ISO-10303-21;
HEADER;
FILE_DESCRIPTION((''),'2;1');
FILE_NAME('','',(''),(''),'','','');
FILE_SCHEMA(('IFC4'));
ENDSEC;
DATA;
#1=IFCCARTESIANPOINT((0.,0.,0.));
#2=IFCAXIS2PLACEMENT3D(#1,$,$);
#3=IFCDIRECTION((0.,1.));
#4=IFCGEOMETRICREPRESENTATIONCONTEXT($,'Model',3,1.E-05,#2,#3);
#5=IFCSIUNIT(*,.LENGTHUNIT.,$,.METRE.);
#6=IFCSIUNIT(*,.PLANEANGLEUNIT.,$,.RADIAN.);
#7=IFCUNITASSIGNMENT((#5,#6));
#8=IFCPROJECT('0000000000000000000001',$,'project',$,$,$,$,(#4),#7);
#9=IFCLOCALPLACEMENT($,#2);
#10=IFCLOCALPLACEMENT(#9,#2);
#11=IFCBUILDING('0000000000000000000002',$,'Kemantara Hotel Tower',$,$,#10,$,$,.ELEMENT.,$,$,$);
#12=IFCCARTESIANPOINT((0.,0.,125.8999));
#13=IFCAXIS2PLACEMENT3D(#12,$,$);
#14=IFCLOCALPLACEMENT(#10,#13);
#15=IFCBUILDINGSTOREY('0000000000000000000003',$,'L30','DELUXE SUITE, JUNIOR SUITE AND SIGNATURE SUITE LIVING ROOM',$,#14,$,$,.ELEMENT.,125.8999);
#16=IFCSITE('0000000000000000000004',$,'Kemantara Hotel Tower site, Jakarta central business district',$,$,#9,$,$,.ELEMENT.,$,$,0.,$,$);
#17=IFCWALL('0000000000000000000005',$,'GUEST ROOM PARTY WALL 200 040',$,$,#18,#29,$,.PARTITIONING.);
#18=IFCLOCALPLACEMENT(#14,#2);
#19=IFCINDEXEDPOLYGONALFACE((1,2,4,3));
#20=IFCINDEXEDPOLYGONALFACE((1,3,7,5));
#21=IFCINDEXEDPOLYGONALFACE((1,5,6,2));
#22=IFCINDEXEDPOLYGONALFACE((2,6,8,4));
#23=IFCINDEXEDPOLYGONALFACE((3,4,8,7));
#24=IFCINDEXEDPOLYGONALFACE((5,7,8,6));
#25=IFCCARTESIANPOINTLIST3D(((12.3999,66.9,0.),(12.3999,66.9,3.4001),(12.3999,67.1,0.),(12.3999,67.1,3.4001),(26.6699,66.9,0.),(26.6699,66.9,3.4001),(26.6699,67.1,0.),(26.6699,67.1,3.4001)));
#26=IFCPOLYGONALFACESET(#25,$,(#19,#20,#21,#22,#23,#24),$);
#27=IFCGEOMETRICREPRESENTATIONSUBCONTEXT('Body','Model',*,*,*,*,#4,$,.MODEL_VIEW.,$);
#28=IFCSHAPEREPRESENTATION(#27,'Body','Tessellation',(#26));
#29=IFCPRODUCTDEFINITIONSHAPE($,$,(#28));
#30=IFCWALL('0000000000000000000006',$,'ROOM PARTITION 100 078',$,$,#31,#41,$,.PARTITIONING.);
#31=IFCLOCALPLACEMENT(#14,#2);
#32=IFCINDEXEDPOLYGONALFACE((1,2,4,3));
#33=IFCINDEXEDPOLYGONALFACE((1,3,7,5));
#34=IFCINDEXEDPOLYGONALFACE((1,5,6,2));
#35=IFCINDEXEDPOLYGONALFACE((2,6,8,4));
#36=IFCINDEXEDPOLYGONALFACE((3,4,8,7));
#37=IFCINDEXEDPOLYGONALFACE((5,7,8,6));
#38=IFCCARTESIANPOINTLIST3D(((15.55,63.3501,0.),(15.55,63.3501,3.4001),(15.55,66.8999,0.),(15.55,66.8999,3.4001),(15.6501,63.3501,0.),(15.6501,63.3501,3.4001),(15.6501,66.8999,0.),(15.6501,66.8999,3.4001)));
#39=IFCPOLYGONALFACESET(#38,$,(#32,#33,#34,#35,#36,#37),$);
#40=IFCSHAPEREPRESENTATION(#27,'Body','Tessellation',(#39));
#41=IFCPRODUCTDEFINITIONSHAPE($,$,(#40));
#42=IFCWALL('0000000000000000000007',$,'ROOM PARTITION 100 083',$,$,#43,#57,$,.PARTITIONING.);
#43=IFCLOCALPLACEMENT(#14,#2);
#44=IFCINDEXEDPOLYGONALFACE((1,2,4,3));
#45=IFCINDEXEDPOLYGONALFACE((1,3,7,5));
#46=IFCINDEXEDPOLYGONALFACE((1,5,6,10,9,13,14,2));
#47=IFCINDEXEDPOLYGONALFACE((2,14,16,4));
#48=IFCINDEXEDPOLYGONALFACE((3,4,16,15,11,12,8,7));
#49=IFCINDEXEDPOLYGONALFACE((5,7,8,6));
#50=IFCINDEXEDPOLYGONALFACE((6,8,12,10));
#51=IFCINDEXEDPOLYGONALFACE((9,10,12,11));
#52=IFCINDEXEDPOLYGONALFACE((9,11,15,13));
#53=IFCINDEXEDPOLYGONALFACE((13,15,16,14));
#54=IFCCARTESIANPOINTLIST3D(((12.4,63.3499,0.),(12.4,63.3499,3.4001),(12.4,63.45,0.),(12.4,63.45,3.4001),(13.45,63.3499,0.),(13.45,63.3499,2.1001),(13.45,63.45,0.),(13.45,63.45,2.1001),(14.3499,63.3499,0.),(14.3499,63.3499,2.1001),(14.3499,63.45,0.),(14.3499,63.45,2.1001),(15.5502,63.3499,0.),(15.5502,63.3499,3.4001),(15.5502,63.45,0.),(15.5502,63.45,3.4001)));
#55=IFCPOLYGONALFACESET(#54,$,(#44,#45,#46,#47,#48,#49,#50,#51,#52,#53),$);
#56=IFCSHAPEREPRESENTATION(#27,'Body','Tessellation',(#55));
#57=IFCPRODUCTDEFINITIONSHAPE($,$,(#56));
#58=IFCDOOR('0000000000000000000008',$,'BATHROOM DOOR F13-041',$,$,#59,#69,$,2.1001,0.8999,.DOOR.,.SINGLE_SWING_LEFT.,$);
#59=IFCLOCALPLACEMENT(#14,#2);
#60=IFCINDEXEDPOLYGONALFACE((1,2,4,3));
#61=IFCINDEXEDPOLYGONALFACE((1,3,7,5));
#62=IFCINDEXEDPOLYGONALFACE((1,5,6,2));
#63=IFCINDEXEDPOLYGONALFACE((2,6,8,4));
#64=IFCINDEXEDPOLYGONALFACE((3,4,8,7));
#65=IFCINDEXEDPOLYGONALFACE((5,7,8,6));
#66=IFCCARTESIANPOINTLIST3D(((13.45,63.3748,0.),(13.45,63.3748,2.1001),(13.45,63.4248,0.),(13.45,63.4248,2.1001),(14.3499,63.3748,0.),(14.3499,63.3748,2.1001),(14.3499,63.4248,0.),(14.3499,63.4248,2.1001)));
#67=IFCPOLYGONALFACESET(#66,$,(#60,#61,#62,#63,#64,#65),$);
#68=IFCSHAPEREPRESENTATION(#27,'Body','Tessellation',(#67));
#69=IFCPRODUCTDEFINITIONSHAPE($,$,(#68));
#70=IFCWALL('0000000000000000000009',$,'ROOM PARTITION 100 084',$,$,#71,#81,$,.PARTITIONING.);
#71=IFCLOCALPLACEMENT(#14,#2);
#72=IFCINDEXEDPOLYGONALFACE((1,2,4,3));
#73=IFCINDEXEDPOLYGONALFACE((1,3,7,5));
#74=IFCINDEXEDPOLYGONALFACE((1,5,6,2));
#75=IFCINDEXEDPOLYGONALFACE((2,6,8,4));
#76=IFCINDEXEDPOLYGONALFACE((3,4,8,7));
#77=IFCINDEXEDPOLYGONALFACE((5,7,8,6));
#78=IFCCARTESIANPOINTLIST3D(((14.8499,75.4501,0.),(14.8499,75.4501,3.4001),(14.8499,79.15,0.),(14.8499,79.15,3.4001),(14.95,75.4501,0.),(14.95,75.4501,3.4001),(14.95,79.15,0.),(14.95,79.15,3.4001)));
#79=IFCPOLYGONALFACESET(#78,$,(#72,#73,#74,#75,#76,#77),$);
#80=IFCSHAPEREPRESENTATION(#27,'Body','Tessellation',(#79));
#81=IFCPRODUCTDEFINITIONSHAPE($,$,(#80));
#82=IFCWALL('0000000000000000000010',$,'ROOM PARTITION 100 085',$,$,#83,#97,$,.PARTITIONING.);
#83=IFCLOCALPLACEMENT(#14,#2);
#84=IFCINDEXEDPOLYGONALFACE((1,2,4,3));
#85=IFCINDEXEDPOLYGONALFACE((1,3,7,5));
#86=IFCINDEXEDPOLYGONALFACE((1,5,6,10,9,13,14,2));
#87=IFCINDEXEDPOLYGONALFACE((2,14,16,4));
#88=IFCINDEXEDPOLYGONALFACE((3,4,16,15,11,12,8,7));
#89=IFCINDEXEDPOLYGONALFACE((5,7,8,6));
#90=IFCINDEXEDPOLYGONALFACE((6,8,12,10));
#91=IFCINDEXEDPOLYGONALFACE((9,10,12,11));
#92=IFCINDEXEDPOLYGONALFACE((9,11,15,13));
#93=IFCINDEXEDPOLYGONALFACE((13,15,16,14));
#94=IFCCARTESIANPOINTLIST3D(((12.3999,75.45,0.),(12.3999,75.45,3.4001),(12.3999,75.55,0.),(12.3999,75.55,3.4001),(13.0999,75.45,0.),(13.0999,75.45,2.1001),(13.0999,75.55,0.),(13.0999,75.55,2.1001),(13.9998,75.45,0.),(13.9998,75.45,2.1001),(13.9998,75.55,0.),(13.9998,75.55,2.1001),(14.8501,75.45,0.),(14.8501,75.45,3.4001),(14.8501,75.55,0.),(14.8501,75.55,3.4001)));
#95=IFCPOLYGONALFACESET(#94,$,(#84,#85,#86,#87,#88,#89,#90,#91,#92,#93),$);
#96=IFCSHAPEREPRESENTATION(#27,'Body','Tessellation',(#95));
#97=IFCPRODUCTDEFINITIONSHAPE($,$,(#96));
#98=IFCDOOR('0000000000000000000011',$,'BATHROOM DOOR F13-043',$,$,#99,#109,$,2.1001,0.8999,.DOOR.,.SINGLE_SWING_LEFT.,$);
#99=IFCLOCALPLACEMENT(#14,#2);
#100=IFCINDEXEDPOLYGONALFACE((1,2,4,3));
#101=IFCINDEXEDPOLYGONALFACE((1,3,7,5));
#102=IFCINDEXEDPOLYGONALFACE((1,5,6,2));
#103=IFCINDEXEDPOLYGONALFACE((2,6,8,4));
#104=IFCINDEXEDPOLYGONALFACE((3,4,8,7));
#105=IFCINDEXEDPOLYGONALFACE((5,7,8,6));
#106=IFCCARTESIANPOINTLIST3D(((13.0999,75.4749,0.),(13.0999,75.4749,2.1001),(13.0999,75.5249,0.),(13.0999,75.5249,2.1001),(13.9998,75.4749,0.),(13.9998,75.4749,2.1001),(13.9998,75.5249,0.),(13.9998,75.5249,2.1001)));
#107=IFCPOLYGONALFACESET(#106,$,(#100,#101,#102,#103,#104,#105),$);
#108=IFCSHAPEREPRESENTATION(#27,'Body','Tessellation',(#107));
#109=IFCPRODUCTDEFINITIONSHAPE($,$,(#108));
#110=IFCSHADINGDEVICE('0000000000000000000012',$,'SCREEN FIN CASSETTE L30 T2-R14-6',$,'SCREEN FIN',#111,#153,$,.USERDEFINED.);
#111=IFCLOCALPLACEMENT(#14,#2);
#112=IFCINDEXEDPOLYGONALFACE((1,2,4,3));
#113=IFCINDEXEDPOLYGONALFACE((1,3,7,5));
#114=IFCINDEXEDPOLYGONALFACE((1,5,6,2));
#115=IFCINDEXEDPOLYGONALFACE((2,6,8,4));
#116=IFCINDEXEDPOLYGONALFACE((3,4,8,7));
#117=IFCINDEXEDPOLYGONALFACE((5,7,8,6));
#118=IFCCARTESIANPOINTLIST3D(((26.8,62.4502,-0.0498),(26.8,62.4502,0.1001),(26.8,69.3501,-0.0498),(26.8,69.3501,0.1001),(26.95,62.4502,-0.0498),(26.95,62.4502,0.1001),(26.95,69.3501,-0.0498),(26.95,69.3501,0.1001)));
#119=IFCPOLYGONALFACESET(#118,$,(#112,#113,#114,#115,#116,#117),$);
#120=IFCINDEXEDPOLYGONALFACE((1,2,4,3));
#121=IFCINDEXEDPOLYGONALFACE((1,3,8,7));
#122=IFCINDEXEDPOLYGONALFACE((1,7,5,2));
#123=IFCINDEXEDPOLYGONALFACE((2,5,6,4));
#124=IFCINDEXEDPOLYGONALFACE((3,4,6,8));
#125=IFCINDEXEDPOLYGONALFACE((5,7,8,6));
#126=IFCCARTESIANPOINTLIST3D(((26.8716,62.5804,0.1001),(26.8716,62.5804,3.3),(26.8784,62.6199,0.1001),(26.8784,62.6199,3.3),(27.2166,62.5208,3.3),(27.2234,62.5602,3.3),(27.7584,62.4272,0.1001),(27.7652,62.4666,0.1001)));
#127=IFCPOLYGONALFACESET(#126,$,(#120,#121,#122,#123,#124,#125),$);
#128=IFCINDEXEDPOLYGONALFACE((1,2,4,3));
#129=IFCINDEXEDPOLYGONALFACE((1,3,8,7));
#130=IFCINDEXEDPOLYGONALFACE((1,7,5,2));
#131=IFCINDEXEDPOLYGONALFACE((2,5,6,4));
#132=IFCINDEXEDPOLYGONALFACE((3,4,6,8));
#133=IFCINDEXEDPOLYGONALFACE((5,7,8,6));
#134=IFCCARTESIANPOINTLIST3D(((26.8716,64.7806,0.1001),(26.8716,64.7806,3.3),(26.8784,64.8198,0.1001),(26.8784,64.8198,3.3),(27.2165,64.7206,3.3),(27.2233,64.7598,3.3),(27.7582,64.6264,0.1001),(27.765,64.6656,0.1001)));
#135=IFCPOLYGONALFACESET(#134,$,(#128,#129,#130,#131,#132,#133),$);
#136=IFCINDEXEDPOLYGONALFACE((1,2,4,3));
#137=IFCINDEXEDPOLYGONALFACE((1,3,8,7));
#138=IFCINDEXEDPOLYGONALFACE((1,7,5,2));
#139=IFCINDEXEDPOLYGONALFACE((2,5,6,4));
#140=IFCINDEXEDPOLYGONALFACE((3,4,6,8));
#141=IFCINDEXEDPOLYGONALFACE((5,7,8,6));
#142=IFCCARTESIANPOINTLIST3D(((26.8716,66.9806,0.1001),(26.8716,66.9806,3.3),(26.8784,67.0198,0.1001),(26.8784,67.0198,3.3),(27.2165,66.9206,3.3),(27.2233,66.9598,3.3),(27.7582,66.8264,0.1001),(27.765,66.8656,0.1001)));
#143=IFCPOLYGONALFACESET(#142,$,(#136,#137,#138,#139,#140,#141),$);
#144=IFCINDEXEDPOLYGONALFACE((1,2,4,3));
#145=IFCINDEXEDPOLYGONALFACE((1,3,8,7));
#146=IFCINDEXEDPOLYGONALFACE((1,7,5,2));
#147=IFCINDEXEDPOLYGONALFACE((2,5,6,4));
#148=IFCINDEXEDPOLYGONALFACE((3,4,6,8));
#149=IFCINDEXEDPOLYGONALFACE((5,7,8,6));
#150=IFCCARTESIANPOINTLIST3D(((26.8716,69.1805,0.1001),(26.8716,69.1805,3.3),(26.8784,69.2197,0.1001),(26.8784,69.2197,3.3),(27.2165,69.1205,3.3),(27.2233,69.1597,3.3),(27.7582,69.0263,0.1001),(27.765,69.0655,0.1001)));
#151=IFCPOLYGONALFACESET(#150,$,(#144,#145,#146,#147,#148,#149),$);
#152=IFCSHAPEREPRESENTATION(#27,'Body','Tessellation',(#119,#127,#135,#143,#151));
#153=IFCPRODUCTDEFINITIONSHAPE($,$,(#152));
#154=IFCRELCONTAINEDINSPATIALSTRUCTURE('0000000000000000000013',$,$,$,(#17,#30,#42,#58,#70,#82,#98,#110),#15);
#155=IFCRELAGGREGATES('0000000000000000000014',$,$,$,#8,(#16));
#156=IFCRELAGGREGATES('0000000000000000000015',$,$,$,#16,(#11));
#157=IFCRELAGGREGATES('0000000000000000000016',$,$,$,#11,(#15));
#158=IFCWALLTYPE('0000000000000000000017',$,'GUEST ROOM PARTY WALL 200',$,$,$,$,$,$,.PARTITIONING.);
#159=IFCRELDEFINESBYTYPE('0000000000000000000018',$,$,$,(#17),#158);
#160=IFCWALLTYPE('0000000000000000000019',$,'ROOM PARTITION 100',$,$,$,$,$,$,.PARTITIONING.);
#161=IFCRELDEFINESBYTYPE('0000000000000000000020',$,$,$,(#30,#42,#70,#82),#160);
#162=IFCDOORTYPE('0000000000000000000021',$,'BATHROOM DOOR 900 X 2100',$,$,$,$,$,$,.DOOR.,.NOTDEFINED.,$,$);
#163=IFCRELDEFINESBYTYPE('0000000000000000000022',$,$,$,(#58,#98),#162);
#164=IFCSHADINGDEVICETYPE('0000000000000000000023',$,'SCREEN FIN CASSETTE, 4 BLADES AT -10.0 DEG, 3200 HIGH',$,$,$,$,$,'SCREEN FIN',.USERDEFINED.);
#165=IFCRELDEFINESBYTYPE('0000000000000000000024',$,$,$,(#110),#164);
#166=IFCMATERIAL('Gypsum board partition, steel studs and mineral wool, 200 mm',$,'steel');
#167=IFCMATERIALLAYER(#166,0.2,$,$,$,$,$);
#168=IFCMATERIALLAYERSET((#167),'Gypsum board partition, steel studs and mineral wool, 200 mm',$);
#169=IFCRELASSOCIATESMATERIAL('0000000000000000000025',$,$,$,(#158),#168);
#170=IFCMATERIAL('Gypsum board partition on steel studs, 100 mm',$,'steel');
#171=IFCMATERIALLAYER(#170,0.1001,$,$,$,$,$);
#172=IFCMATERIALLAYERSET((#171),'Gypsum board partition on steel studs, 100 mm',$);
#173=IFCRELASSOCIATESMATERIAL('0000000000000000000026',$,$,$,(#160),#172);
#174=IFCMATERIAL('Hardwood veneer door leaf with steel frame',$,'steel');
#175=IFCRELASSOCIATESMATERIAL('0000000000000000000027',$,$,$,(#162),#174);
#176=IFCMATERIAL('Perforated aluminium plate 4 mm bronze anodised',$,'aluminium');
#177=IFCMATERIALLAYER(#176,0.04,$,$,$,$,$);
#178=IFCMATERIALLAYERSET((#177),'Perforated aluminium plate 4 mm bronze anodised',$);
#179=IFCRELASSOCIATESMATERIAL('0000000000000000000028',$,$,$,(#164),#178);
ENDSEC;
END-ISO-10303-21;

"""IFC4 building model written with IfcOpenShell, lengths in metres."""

from ifc_helpers import new_model, si_unit, direction, frame, frame_2d, origin, origin_2d, place, context, subcontext, project, spatial, polyline, rectangle, outline, extrude, source, transform, mapped, material, layer, layer_set, type_object, element, fill, save


model = new_model("IFC4")

# Units and contexts
model_context = context("Model", 3, precision=1e-05, world=origin(), true_north=direction((0.0, 1.0)))
body_context = subcontext(model_context, "Body", "Model", "MODEL_VIEW")
ifc_project = project(units=[si_unit("LENGTHUNIT", "METRE"), si_unit("PLANEANGLEUNIT", "RADIAN")], contexts=[model_context])

# Site, building, storey
site_placement = place(None, origin())
site = spatial("IfcSite", under=ifc_project, at=site_placement, Name="Kemantara Hotel Tower site, Jakarta central business district", CompositionType="ELEMENT", RefElevation=0.0)
building_placement = place(site_placement, origin())
building = spatial("IfcBuilding", under=site, at=building_placement, Name="Kemantara Hotel Tower", CompositionType="ELEMENT")
storey_placement = place(building_placement, frame((0.0, 0.0, 125.8999)))
storey = spatial("IfcBuildingStorey", under=building, at=storey_placement, Name="L30", Description="DELUXE SUITE, JUNIOR SUITE AND SIGNATURE SUITE LIVING ROOM", CompositionType="ELEMENT", Elevation=125.8999)

# Walls
ifc_material_1 = material(Name="Gypsum board partition, steel studs and mineral wool, 200 mm", Category="steel")
ifc_layer_1 = layer(ifc_material_1, 0.2)
ifc_layer_set_1 = layer_set([ifc_layer_1], Name="Gypsum board partition, steel studs and mineral wool, 200 mm")
wall_type_1 = type_object("IfcWallType", Name="GUEST ROOM PARTY WALL 200", PredefinedType="PARTITIONING", material=ifc_layer_set_1)
for number, where, z_axis, x_axis, name in (
    (1, (12.3999, 67.0, 0.0), (0.0, 0.0, 1.0), (1.0, 0.0, 0.0), "GUEST ROOM PARTY WALL 200 040"),
):
    element("IfcWall", number, at=place(storey_placement, frame(where, z_axis=z_axis, x_axis=x_axis)), inside=storey, type_object=wall_type_1, Name=name, PredefinedType="PARTITIONING", context=body_context, shape_type="SweptSolid", body=[
        extrude(rectangle(XDim=14.27, YDim=0.2, at=frame_2d((7.135, 0.0))), origin(), (0.0, 0.0, 1.0), 3.4001),
    ])
ifc_material_2 = material(Name="Gypsum board partition on steel studs, 100 mm", Category="steel")
ifc_layer_2 = layer(ifc_material_2, 0.1001)
ifc_layer_set_2 = layer_set([ifc_layer_2], Name="Gypsum board partition on steel studs, 100 mm")
wall_type_2 = type_object("IfcWallType", Name="ROOM PARTITION 100", PredefinedType="PARTITIONING", material=ifc_layer_set_2)
wall_1_placement = place(storey_placement, frame((15.6001, 63.3501, 0.0), z_axis=(0.0, 0.0, 1.0), x_axis=(0.0, 1.0, 0.0)))
element("IfcWall", 2, at=wall_1_placement, inside=storey, type_object=wall_type_2, Name="ROOM PARTITION 100 078", PredefinedType="PARTITIONING", context=body_context, shape_type="SweptSolid", body=[
    extrude(rectangle(XDim=3.5498, YDim=0.1001, at=frame_2d((1.7749, 0.0))), origin(), (0.0, 0.0, 1.0), 3.4001),
])

# Wall, opening, door
wall_2_placement = place(storey_placement, frame((12.3999, 63.3999, 0.0), z_axis=(0.0, 0.0, 1.0), x_axis=(1.0, 0.0, 0.0)))
wall_2 = element("IfcWall", 3, at=wall_2_placement, inside=storey, type_object=wall_type_2, Name="ROOM PARTITION 100 083", PredefinedType="PARTITIONING", context=body_context, shape_type="SweptSolid", body=[
    extrude(rectangle(XDim=3.1501, YDim=0.1001, at=frame_2d((1.5752, 0.0))), origin(), (0.0, 0.0, 1.0), 3.4001),
])
opening_1_placement = place(wall_2_placement, frame((1.05, 0.0, 0.0)))
opening_1 = element("IfcOpeningElement", 4, at=opening_1_placement, cuts=wall_2, PredefinedType="OPENING", context=body_context, shape_type="SweptSolid", body=[
    extrude(rectangle(XDim=0.8999, YDim=2.1001, at=frame_2d((0.45, 1.05))), frame((0.0, 0.0601, 0.0), z_axis=(0.0, -1.0, 0.0), x_axis=(1.0, 0.0, 0.0)), (0.0, 0.0, 1.0), 0.1201),
])
ifc_material_3 = material(Name="Hardwood veneer door leaf with steel frame", Category="steel")
door_type = type_object("IfcDoorType", Name="BATHROOM DOOR 900 X 2100", OperationType="NOTDEFINED", PredefinedType="DOOR", material=ifc_material_3)
door_1_placement = place(opening_1_placement, origin())
door_1 = element("IfcDoor", 5, at=door_1_placement, inside=storey, type_object=door_type, Name="BATHROOM DOOR F13-041", OperationType="SINGLE_SWING_LEFT", OverallHeight=2.1001, OverallWidth=0.8999, PredefinedType="DOOR", context=body_context, shape_type="SweptSolid", body=[
    extrude(rectangle(XDim=0.8999, YDim=2.1001, at=frame_2d((0.45, 1.05))), frame((0.0, 0.0249, 0.0), z_axis=(0.0, -1.0, 0.0), x_axis=(1.0, 0.0, 0.0)), (0.0, 0.0, 1.0), 0.05),
])
fill(opening_1, door_1)

# Wall
wall_3_placement = place(storey_placement, frame((14.8999, 75.45, 0.0), z_axis=(0.0, 0.0, 1.0), x_axis=(0.0, 1.0, 0.0)))
element("IfcWall", 6, at=wall_3_placement, inside=storey, type_object=wall_type_2, Name="ROOM PARTITION 100 084", PredefinedType="PARTITIONING", context=body_context, shape_type="SweptSolid", body=[
    extrude(rectangle(XDim=3.7, YDim=0.1001, at=frame_2d((1.8501, 0.0))), origin(), (0.0, 0.0, 1.0), 3.4001),
])

# Wall, opening, door
wall_4_placement = place(storey_placement, frame((12.3999, 75.5, 0.0), z_axis=(0.0, 0.0, 1.0), x_axis=(1.0, 0.0, 0.0)))
wall_4 = element("IfcWall", 7, at=wall_4_placement, inside=storey, type_object=wall_type_2, Name="ROOM PARTITION 100 085", PredefinedType="PARTITIONING", context=body_context, shape_type="SweptSolid", body=[
    extrude(rectangle(XDim=2.4502, YDim=0.1001, at=frame_2d((1.2251, 0.0))), origin(), (0.0, 0.0, 1.0), 3.4001),
])
opening_2_placement = place(wall_4_placement, frame((0.7, 0.0, 0.0)))
opening_2 = element("IfcOpeningElement", 8, at=opening_2_placement, cuts=wall_4, PredefinedType="OPENING", context=body_context, shape_type="SweptSolid", body=[
    extrude(rectangle(XDim=0.8999, YDim=2.1001, at=frame_2d((0.45, 1.05))), frame((0.0, 0.0601, 0.0), z_axis=(0.0, -1.0, 0.0), x_axis=(1.0, 0.0, 0.0)), (0.0, 0.0, 1.0), 0.1201),
])
door_2_placement = place(opening_2_placement, origin())
door_2 = element("IfcDoor", 9, at=door_2_placement, inside=storey, type_object=door_type, Name="BATHROOM DOOR F13-043", OperationType="SINGLE_SWING_LEFT", OverallHeight=2.1001, OverallWidth=0.8999, PredefinedType="DOOR", context=body_context, shape_type="SweptSolid", body=[
    extrude(rectangle(XDim=0.8999, YDim=2.1001, at=frame_2d((0.45, 1.05))), frame((0.0, 0.0249, 0.0), z_axis=(0.0, -1.0, 0.0), x_axis=(1.0, 0.0, 0.0)), (0.0, 0.0, 1.0), 0.05),
])
fill(opening_2, door_2)

# Shading device
ifc_material_4 = material(Name="Perforated aluminium plate 4 mm bronze anodised", Category="aluminium")
ifc_layer_3 = layer(ifc_material_4, 0.04)
ifc_layer_set_3 = layer_set([ifc_layer_3], Name="Perforated aluminium plate 4 mm bronze anodised")
shading_device_type_1 = type_object("IfcShadingDeviceType", Name="SCREEN FIN CASSETTE, 4 BLADES AT -10.0 DEG, 3200 HIGH", ElementType="SCREEN FIN", PredefinedType="USERDEFINED", material=ifc_layer_set_3)
shared_shape_1 = source(origin(), body_context, "Body", "SweptSolid", [
    extrude(rectangle(XDim=6.8999, YDim=0.1499, at=origin_2d()), frame((3.3, -0.075, -0.1499), z_axis=(0.0, 0.0, 1.0), x_axis=(1.0, 0.0, 0.0)), (0.0, 0.0, 1.0), 0.1499),
    extrude(outline(polyline([(0.0, 0.0), (0.8999, 0.0), (0.3501, 3.2), (0.0, 3.2), (0.0, 0.0)])), frame((0.0198, -0.0784, 0.0), z_axis=(-0.98539, 0.170314, 0.0), x_axis=(-0.170314, -0.98539, 0.0)), (0.0, 0.0, 1.0), 0.04),
    extrude(outline(polyline([(0.0, 0.0), (0.8999, 0.0), (0.3501, 3.2), (0.0, 3.2), (0.0, 0.0)])), frame((2.2197, -0.0784, 0.0), z_axis=(-0.985212, 0.171341, 0.0), x_axis=(-0.171341, -0.985212, 0.0)), (0.0, 0.0, 1.0), 0.0398),
    extrude(outline(polyline([(0.0, 0.0), (0.8999, 0.0), (0.3501, 3.2), (0.0, 3.2), (0.0, 0.0)])), frame((4.4197, -0.0784, 0.0), z_axis=(-0.985212, 0.171341, 0.0), x_axis=(-0.171341, -0.985212, 0.0)), (0.0, 0.0, 1.0), 0.0398),
    extrude(outline(polyline([(0.0, 0.0), (0.8999, 0.0), (0.3501, 3.2), (0.0, 3.2), (0.0, 0.0)])), frame((6.6196, -0.0784, 0.0), z_axis=(-0.985212, 0.171341, 0.0), x_axis=(-0.171341, -0.985212, 0.0)), (0.0, 0.0, 1.0), 0.0398),
])
shading_device_1_placement = place(storey_placement, frame((26.8, 62.6001, 0.1001), z_axis=(0.0, 0.0, 1.0), x_axis=(0.0, 1.0, 0.0)))
element("IfcShadingDevice", 10, at=shading_device_1_placement, inside=storey, type_object=shading_device_type_1, Name="SCREEN FIN CASSETTE L30 T2-R14-6", ObjectType="SCREEN FIN", PredefinedType="USERDEFINED", context=body_context, shape_type="MappedRepresentation", body=[
    mapped(shared_shape_1, transform((0.0, 0.0, 0.0))),
])

save(model, "model.ifc")
